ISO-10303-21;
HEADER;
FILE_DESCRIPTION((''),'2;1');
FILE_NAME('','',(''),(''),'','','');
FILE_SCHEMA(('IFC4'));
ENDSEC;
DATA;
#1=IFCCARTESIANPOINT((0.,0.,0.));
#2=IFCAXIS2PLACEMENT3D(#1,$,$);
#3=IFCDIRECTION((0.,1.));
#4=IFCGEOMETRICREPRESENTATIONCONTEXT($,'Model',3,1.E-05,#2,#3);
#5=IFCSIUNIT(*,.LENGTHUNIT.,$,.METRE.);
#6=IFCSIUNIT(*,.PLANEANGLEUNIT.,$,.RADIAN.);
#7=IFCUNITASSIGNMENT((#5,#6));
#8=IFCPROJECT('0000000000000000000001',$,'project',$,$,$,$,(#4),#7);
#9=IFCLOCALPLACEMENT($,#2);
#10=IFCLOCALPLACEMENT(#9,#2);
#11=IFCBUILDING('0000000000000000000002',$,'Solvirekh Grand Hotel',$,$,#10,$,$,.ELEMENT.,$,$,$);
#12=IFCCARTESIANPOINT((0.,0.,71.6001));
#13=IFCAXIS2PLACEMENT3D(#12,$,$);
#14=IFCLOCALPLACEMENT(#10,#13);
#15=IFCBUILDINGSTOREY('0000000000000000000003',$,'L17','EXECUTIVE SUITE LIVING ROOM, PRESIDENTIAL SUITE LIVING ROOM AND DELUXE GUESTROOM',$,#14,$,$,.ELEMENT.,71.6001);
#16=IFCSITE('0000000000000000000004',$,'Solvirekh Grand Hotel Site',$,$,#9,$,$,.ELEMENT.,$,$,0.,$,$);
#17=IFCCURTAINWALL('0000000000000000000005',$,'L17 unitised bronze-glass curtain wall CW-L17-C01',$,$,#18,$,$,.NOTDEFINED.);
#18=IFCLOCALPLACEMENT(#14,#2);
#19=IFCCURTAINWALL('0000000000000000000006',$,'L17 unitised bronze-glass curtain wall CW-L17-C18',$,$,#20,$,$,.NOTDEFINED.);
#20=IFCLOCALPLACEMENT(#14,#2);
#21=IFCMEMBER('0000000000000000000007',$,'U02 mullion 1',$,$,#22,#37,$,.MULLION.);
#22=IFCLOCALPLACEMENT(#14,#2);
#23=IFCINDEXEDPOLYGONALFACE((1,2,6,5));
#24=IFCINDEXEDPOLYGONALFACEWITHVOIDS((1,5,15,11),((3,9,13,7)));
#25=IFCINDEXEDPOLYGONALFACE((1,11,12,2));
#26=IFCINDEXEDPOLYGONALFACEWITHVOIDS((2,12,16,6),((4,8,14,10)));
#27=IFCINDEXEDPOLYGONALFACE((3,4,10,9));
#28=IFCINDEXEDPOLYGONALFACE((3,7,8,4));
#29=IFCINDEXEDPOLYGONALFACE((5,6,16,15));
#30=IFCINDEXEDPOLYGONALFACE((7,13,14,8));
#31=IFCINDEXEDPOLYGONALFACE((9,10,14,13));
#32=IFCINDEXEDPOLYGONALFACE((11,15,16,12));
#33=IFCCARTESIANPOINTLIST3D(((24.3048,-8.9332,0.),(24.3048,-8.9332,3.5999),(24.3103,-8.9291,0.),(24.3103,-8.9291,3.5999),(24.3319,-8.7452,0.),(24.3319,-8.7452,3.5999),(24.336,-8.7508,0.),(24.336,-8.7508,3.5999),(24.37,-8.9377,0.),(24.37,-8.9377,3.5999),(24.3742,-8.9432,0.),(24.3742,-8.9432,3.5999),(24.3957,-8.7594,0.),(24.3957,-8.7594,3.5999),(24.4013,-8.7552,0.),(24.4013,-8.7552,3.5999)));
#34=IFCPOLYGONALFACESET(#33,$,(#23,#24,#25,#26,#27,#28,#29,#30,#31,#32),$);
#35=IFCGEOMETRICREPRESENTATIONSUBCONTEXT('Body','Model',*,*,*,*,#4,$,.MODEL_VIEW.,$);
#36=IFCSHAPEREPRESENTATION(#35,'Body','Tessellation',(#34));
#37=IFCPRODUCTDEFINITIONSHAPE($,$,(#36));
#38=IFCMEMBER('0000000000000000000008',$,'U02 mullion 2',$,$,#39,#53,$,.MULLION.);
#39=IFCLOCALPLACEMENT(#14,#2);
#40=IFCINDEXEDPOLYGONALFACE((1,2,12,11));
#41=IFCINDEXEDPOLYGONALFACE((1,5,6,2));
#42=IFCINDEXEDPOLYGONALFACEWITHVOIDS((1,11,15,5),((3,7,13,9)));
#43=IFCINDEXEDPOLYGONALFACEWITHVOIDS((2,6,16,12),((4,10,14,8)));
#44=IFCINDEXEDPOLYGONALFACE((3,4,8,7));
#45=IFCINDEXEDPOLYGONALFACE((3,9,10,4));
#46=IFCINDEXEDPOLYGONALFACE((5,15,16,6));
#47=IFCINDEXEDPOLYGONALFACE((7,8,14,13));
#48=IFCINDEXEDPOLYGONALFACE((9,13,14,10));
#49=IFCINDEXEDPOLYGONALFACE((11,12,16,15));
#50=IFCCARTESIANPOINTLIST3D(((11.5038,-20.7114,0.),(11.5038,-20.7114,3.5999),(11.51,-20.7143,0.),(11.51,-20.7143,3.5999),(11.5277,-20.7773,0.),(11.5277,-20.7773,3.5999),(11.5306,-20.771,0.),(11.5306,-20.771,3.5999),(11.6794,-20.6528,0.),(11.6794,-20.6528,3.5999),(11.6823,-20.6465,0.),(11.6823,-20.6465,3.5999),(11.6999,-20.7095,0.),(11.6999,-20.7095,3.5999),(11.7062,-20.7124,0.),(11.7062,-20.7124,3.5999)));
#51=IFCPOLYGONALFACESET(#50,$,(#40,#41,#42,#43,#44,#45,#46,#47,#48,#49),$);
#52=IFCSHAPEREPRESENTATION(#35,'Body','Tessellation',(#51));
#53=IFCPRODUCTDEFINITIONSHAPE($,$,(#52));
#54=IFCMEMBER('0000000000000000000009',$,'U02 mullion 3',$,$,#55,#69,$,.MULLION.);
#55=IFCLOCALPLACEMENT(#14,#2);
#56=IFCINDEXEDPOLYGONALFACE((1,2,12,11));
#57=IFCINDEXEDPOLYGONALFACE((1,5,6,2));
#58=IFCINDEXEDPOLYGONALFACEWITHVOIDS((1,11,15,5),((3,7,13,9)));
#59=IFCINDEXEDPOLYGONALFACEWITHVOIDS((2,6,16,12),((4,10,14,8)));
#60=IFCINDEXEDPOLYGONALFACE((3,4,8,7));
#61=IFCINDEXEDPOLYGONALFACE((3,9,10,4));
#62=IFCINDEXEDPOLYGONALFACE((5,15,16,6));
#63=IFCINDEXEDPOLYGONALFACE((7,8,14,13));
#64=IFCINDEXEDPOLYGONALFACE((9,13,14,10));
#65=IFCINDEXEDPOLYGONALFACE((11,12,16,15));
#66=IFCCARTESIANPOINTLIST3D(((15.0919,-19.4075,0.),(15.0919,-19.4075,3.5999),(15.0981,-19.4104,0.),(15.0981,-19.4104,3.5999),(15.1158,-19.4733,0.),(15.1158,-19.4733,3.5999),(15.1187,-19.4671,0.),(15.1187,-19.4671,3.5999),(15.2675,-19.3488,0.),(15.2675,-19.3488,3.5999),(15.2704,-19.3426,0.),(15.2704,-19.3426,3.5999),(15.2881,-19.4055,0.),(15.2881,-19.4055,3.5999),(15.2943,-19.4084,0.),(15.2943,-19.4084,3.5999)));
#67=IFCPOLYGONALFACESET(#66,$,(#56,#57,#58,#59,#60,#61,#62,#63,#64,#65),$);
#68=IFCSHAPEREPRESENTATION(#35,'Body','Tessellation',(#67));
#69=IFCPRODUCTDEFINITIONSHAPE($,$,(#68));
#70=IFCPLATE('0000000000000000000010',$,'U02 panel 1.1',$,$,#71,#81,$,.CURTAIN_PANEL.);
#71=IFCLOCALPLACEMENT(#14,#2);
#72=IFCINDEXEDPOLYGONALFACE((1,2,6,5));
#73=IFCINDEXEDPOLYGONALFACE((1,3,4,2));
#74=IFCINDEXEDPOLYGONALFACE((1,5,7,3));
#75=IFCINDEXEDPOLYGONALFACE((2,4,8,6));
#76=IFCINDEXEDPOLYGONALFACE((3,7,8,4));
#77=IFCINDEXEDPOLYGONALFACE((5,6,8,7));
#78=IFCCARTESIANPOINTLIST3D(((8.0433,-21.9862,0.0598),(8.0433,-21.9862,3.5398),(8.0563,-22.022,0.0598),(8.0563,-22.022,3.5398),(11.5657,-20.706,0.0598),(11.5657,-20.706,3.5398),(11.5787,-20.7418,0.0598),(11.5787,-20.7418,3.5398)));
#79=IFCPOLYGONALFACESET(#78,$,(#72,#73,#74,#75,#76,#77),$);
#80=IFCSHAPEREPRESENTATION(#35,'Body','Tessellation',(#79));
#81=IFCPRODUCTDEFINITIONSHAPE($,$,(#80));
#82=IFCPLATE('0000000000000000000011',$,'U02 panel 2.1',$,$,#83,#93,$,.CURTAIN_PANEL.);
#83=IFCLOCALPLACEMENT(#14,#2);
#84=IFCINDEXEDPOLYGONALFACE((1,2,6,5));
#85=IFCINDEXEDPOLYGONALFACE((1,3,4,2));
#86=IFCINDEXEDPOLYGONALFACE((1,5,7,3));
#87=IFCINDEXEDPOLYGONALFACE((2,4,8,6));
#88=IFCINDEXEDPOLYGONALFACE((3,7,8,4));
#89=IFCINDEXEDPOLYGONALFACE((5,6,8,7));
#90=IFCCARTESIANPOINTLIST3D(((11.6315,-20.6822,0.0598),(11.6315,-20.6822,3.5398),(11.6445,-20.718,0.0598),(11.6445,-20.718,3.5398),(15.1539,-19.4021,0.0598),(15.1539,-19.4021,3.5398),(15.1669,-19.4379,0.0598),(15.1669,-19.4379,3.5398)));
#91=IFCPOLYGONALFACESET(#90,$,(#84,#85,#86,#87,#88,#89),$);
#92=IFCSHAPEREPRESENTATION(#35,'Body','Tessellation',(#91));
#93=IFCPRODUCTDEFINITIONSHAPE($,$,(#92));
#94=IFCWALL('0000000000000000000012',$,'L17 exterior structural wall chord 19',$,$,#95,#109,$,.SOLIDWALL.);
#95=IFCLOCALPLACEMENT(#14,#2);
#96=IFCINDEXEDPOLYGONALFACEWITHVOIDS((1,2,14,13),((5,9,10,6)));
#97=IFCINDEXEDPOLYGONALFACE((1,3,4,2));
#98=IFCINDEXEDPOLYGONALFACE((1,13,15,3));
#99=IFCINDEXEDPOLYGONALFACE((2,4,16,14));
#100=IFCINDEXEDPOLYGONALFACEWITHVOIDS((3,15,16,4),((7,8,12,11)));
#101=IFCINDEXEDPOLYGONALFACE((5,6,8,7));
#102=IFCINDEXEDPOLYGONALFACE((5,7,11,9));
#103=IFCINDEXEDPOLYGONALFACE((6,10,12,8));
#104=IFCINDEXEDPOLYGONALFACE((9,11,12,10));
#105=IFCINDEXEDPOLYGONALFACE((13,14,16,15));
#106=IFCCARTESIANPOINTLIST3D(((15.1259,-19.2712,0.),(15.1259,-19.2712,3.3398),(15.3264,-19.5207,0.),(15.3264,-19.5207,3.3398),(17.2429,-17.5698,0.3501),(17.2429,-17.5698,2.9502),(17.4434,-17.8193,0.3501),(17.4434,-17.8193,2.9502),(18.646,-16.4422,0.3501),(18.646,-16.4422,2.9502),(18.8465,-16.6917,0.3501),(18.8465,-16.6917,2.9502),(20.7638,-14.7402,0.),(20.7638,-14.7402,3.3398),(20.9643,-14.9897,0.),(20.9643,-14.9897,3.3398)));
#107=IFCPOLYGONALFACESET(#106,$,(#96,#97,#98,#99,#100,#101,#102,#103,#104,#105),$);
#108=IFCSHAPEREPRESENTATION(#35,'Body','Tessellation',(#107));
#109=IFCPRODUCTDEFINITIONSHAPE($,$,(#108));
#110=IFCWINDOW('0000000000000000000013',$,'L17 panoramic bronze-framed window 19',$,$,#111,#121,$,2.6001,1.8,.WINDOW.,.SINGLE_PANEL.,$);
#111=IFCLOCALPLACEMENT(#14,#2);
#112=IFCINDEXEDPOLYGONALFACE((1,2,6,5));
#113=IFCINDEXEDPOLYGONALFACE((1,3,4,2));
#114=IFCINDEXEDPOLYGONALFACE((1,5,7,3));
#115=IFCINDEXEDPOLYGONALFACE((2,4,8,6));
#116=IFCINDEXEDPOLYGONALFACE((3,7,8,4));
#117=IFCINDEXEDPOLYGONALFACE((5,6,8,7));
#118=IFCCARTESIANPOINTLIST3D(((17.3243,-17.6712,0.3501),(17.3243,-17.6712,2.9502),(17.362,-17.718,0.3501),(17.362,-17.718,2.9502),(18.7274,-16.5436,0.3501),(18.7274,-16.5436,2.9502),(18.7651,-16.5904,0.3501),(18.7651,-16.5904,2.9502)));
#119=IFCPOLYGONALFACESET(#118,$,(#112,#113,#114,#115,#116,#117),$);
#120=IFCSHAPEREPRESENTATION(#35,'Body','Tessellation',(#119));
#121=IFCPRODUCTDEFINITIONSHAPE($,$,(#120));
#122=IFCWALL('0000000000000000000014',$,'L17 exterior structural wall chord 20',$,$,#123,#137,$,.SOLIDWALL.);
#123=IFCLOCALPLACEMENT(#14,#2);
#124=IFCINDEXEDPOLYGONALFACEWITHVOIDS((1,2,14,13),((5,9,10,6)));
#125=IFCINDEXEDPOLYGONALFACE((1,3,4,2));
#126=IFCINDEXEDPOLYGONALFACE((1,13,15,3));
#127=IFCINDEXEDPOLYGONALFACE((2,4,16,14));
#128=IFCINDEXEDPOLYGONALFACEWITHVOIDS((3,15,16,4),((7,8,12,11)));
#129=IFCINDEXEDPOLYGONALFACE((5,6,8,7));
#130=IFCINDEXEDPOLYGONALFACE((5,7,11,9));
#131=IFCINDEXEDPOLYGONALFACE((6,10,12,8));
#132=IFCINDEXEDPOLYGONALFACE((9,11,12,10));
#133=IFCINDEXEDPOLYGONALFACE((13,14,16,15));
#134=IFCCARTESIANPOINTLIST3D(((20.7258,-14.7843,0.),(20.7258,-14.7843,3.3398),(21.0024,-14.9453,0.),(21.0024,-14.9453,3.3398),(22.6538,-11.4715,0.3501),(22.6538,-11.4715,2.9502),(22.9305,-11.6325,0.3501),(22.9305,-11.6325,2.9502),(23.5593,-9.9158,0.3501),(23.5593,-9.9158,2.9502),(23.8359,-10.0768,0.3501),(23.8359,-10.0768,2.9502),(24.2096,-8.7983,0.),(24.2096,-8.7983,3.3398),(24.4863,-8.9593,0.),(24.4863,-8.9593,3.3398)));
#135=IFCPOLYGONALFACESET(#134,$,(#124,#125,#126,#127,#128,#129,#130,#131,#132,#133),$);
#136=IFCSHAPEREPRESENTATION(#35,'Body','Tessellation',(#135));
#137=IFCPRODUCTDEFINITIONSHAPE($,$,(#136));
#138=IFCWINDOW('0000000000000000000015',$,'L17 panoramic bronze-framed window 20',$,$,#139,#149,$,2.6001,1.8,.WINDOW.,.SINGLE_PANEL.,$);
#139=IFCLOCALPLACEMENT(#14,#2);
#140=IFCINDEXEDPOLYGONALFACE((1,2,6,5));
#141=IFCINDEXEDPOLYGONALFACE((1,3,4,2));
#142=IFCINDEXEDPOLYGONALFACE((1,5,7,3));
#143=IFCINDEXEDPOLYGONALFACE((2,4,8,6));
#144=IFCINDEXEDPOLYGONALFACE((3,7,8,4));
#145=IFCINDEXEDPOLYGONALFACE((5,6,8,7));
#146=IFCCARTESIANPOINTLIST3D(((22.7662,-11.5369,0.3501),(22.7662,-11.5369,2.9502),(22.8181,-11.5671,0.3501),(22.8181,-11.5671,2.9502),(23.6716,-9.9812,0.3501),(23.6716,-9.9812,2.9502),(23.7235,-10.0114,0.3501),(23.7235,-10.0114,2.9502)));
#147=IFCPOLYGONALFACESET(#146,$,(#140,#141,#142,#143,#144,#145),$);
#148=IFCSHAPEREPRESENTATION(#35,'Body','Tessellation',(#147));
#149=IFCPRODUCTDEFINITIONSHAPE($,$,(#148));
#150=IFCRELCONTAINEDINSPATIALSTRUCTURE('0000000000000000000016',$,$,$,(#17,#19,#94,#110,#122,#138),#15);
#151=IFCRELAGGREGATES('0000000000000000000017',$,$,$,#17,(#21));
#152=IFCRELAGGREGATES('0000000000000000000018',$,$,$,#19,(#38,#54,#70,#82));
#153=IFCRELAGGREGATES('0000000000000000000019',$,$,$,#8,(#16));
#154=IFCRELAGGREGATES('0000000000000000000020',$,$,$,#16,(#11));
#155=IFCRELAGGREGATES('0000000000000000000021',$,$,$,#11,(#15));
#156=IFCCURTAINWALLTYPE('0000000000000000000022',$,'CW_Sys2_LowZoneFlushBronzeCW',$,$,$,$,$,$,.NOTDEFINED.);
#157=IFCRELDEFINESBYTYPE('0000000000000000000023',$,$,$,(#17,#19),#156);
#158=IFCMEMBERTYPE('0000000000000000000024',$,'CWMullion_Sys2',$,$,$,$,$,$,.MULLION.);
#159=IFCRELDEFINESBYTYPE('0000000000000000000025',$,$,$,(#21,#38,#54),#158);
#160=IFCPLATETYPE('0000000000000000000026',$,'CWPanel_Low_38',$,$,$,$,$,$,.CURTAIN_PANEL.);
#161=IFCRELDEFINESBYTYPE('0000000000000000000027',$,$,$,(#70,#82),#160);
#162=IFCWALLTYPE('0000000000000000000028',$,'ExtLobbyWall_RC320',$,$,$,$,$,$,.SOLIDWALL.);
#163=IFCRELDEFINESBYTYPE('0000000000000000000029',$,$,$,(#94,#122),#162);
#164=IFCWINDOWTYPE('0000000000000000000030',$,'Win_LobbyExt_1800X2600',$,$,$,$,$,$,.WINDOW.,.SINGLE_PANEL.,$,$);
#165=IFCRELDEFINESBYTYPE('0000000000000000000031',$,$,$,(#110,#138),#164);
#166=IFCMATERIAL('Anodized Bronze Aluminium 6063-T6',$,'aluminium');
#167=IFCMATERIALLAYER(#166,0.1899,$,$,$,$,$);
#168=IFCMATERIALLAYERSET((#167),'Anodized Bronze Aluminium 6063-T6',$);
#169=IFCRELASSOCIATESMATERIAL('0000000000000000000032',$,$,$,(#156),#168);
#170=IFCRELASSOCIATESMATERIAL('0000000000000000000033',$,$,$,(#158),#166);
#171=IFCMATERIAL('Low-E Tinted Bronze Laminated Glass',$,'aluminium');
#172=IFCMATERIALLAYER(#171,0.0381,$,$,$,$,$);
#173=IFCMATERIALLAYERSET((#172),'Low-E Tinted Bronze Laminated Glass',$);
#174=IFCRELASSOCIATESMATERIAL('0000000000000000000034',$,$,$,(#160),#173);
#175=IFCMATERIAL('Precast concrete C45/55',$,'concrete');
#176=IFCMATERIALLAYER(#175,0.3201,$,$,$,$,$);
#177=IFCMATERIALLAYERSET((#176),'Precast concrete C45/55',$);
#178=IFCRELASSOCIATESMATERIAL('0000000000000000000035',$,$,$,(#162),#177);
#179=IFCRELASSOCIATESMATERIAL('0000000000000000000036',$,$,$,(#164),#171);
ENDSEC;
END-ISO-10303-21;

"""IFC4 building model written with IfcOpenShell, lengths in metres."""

from ifc_helpers import new_model, si_unit, direction, frame, frame_2d, origin, origin_2d, place, context, subcontext, project, spatial, rectangle, hollow_rectangle, extrude, source, transform, mapped, material, layer, layer_set, material_profile, profile_set, type_object, element, fill, aggregate, save


model = new_model("IFC4")

# Units and contexts
model_context = context("Model", 3, precision=1e-05, world=origin(), true_north=direction((0.0, 1.0)))
body_context = subcontext(model_context, "Body", "Model", "MODEL_VIEW")
ifc_project = project(units=[si_unit("LENGTHUNIT", "METRE"), si_unit("PLANEANGLEUNIT", "RADIAN")], contexts=[model_context])

# Site, building, storey
site_placement = place(None, origin())
site = spatial("IfcSite", under=ifc_project, at=site_placement, Name="Solvirekh Grand Hotel Site", CompositionType="ELEMENT", RefElevation=0.0)
building_placement = place(site_placement, origin())
building = spatial("IfcBuilding", under=site, at=building_placement, Name="Solvirekh Grand Hotel", CompositionType="ELEMENT")
storey_placement = place(building_placement, frame((0.0, 0.0, 71.6001)))
storey = spatial("IfcBuildingStorey", under=building, at=storey_placement, Name="L17", Description="EXECUTIVE SUITE LIVING ROOM, PRESIDENTIAL SUITE LIVING ROOM AND DELUXE GUESTROOM", CompositionType="ELEMENT", Elevation=71.6001)

# Curtain walls
ifc_material_1 = material(Name="Anodized Bronze Aluminium 6063-T6", Category="aluminium")
ifc_layer_1 = layer(ifc_material_1, 0.1899)
ifc_layer_set_1 = layer_set([ifc_layer_1], Name="Anodized Bronze Aluminium 6063-T6")
curtain_wall_type = type_object("IfcCurtainWallType", Name="CW_Sys2_LowZoneFlushBronzeCW", PredefinedType="NOTDEFINED", material=ifc_layer_set_1)
curtain_wall_1_placement = place(storey_placement, origin())
curtain_wall_1 = element("IfcCurtainWall", 1, at=curtain_wall_1_placement, inside=storey, type_object=curtain_wall_type, Name="L17 unitised bronze-glass curtain wall CW-L17-C01", PredefinedType="NOTDEFINED")
curtain_wall_2_placement = place(storey_placement, origin())
curtain_wall_2 = element("IfcCurtainWall", 2, at=curtain_wall_2_placement, inside=storey, type_object=curtain_wall_type, Name="L17 unitised bronze-glass curtain wall CW-L17-C18", PredefinedType="NOTDEFINED")

# Members
ifc_material_profile_1 = material_profile(ifc_material_1, hollow_rectangle(XDim=0.0701, YDim=0.1899, WallThickness=0.0049, at=origin_2d()), Name="ALU RHS 190X70X5")
ifc_profile_set_1 = profile_set([ifc_material_profile_1], Name="Anodized Bronze Aluminium 6063-T6")
member_type_1 = type_object("IfcMemberType", Name="CWMullion_Sys2", PredefinedType="MULLION", material=ifc_profile_set_1)
shared_shape_1 = source(origin(), body_context, "Body", "SweptSolid", [
    extrude(hollow_rectangle(XDim=0.0701, YDim=0.1899, WallThickness=0.0049, at=origin_2d()), origin(), (0.0, 0.0, 1.0), 3.5999),
])
member_1_placement = place(storey_placement, frame((24.353, -8.8442, 0.0), z_axis=(0.0, 0.0, 1.0), x_axis=(-0.98977, 0.142675, 0.0)))
member_1 = element("IfcMember", 3, at=member_1_placement, type_object=member_type_1, Name="U02 mullion 1", PredefinedType="MULLION", context=body_context, shape_type="MappedRepresentation", body=[
    mapped(shared_shape_1, transform((0.0, 0.0, 0.0), x_axis=(1.0, 0.0, 0.0), y_axis=(0.0, 1.0, 0.0), z_axis=(0.0, 0.0, 1.0), scale=1.0)),
])
aggregate(curtain_wall_1, [member_1])
member_2_placement = place(storey_placement, frame((11.605, -20.7119, 0.0), z_axis=(0.0, 0.0, 1.0), x_axis=(-0.341576, 0.939854, 0.0)))
member_2 = element("IfcMember", 4, at=member_2_placement, type_object=member_type_1, Name="U02 mullion 2", PredefinedType="MULLION", context=body_context, shape_type="MappedRepresentation", body=[
    mapped(shared_shape_1, transform((0.0, 0.0, 0.0), x_axis=(1.0, 0.0, 0.0), y_axis=(0.0, 1.0, 0.0), z_axis=(0.0, 0.0, 1.0), scale=1.0)),
])
member_3_placement = place(storey_placement, frame((15.1931, -19.408, 0.0), z_axis=(0.0, 0.0, 1.0), x_axis=(-0.341576, 0.939854, 0.0)))
member_3 = element("IfcMember", 5, at=member_3_placement, type_object=member_type_1, Name="U02 mullion 3", PredefinedType="MULLION", context=body_context, shape_type="MappedRepresentation", body=[
    mapped(shared_shape_1, transform((0.0, 0.0, 0.0), x_axis=(1.0, 0.0, 0.0), y_axis=(0.0, 1.0, 0.0), z_axis=(0.0, 0.0, 1.0), scale=1.0)),
])

# Plates
ifc_material_2 = material(Name="Low-E Tinted Bronze Laminated Glass", Category="aluminium")
ifc_layer_2 = layer(ifc_material_2, 0.0381)
ifc_layer_set_2 = layer_set([ifc_layer_2], Name="Low-E Tinted Bronze Laminated Glass")
plate_type = type_object("IfcPlateType", Name="CWPanel_Low_38", PredefinedType="CURTAIN_PANEL", material=ifc_layer_set_2)
shared_shape_2 = source(origin(), body_context, "Body", "SweptSolid", [
    extrude(rectangle(XDim=3.7478, YDim=0.0381, at=origin_2d()), origin(), (0.0, 0.0, 1.0), 3.48),
])
plate_1_placement = place(storey_placement, frame((9.811, -21.364, 0.0598), z_axis=(0.0, 0.0, 1.0), x_axis=(0.939854, 0.341576, 0.0)))
plate_1 = element("IfcPlate", 6, at=plate_1_placement, type_object=plate_type, Name="U02 panel 1.1", PredefinedType="CURTAIN_PANEL", context=body_context, shape_type="MappedRepresentation", body=[
    mapped(shared_shape_2, transform((0.0, 0.0, 0.0), x_axis=(1.0, 0.0, 0.0), y_axis=(0.0, 1.0, 0.0), z_axis=(0.0, 0.0, 1.0), scale=1.0)),
])
plate_2_placement = place(storey_placement, frame((13.3992, -20.0601, 0.0598), z_axis=(0.0, 0.0, 1.0), x_axis=(0.939854, 0.341576, 0.0)))
plate_2 = element("IfcPlate", 7, at=plate_2_placement, type_object=plate_type, Name="U02 panel 2.1", PredefinedType="CURTAIN_PANEL", context=body_context, shape_type="MappedRepresentation", body=[
    mapped(shared_shape_2, transform((0.0, 0.0, 0.0), x_axis=(1.0, 0.0, 0.0), y_axis=(0.0, 1.0, 0.0), z_axis=(0.0, 0.0, 1.0), scale=1.0)),
])
aggregate(curtain_wall_2, [member_2, member_3, plate_1, plate_2])

# Walls, openings, windows
ifc_material_3 = material(Name="Precast concrete C45/55", Category="concrete")
ifc_layer_3 = layer(ifc_material_3, 0.3201)
ifc_layer_set_3 = layer_set([ifc_layer_3], Name="Precast concrete C45/55")
wall_type_1 = type_object("IfcWallType", Name="ExtLobbyWall_RC320", PredefinedType="SOLIDWALL", material=ifc_layer_set_3)
wall_1_placement = place(storey_placement, frame((20.864, -14.865, 0.0), z_axis=(0.0, 0.0, 1.0), x_axis=(-0.779474, -0.626435, 0.0)))
wall_1 = element("IfcWall", 8, at=wall_1_placement, inside=storey, type_object=wall_type_1, Name="L17 exterior structural wall chord 19", PredefinedType="SOLIDWALL", context=body_context, shape_type="SweptSolid", body=[
    extrude(rectangle(XDim=7.2329, YDim=0.3201, at=frame_2d((3.6165, 0.0))), origin(), (0.0, 0.0, 1.0), 3.3398),
])
opening_1_placement = place(wall_1_placement, frame((2.717, 0.0, 0.3501)))
opening_1 = element("IfcOpeningElement", 9, at=opening_1_placement, cuts=wall_1, PredefinedType="OPENING", context=body_context, shape_type="SweptSolid", body=[
    extrude(rectangle(XDim=1.8, YDim=2.6001, at=frame_2d((0.8999, 1.3))), frame((0.0, 0.1699, 0.0), z_axis=(0.0, -1.0, 0.0), x_axis=(1.0, 0.0, 0.0)), (0.0, 0.0, 1.0), 0.3401),
])
window_type = type_object("IfcWindowType", Name="Win_LobbyExt_1800X2600", PartitioningType="SINGLE_PANEL", PredefinedType="WINDOW", material=ifc_material_2)
window_1_placement = place(opening_1_placement, origin())
window_1 = element("IfcWindow", 10, at=window_1_placement, inside=storey, type_object=window_type, Name="L17 panoramic bronze-framed window 19", OverallHeight=2.6001, OverallWidth=1.8, PartitioningType="SINGLE_PANEL", PredefinedType="WINDOW", context=body_context, shape_type="SweptSolid", body=[
    extrude(rectangle(XDim=1.8, YDim=2.6001, at=frame_2d((0.8999, 1.3))), frame((0.0, 0.03, 0.0), z_axis=(0.0, -1.0, 0.0), x_axis=(1.0, 0.0, 0.0)), (0.0, 0.0, 1.0), 0.0601),
])
fill(opening_1, window_1)
wall_2_placement = place(storey_placement, frame((24.3479, -8.8789, 0.0), z_axis=(0.0, 0.0, 1.0), x_axis=(-0.503009, -0.864281, 0.0)))
wall_2 = element("IfcWall", 11, at=wall_2_placement, inside=storey, type_object=wall_type_1, Name="L17 exterior structural wall chord 20", PredefinedType="SOLIDWALL", context=body_context, shape_type="SweptSolid", body=[
    extrude(rectangle(XDim=6.926, YDim=0.3201, at=frame_2d((3.4629, 0.0))), origin(), (0.0, 0.0, 1.0), 3.3398),
])
opening_2_placement = place(wall_2_placement, frame((1.293, 0.0, 0.3501)))
opening_2 = element("IfcOpeningElement", 12, at=opening_2_placement, cuts=wall_2, PredefinedType="OPENING", context=body_context, shape_type="SweptSolid", body=[
    extrude(rectangle(XDim=1.8, YDim=2.6001, at=frame_2d((0.8999, 1.3))), frame((0.0, 0.1699, 0.0), z_axis=(0.0, -1.0, 0.0), x_axis=(1.0, 0.0, 0.0)), (0.0, 0.0, 1.0), 0.3401),
])
window_2_placement = place(opening_2_placement, origin())
window_2 = element("IfcWindow", 13, at=window_2_placement, inside=storey, type_object=window_type, Name="L17 panoramic bronze-framed window 20", OverallHeight=2.6001, OverallWidth=1.8, PartitioningType="SINGLE_PANEL", PredefinedType="WINDOW", context=body_context, shape_type="SweptSolid", body=[
    extrude(rectangle(XDim=1.8, YDim=2.6001, at=frame_2d((0.8999, 1.3))), frame((0.0, 0.03, 0.0), z_axis=(0.0, -1.0, 0.0), x_axis=(1.0, 0.0, 0.0)), (0.0, 0.0, 1.0), 0.0601),
])
fill(opening_2, window_2)

save(model, "model.ifc")
